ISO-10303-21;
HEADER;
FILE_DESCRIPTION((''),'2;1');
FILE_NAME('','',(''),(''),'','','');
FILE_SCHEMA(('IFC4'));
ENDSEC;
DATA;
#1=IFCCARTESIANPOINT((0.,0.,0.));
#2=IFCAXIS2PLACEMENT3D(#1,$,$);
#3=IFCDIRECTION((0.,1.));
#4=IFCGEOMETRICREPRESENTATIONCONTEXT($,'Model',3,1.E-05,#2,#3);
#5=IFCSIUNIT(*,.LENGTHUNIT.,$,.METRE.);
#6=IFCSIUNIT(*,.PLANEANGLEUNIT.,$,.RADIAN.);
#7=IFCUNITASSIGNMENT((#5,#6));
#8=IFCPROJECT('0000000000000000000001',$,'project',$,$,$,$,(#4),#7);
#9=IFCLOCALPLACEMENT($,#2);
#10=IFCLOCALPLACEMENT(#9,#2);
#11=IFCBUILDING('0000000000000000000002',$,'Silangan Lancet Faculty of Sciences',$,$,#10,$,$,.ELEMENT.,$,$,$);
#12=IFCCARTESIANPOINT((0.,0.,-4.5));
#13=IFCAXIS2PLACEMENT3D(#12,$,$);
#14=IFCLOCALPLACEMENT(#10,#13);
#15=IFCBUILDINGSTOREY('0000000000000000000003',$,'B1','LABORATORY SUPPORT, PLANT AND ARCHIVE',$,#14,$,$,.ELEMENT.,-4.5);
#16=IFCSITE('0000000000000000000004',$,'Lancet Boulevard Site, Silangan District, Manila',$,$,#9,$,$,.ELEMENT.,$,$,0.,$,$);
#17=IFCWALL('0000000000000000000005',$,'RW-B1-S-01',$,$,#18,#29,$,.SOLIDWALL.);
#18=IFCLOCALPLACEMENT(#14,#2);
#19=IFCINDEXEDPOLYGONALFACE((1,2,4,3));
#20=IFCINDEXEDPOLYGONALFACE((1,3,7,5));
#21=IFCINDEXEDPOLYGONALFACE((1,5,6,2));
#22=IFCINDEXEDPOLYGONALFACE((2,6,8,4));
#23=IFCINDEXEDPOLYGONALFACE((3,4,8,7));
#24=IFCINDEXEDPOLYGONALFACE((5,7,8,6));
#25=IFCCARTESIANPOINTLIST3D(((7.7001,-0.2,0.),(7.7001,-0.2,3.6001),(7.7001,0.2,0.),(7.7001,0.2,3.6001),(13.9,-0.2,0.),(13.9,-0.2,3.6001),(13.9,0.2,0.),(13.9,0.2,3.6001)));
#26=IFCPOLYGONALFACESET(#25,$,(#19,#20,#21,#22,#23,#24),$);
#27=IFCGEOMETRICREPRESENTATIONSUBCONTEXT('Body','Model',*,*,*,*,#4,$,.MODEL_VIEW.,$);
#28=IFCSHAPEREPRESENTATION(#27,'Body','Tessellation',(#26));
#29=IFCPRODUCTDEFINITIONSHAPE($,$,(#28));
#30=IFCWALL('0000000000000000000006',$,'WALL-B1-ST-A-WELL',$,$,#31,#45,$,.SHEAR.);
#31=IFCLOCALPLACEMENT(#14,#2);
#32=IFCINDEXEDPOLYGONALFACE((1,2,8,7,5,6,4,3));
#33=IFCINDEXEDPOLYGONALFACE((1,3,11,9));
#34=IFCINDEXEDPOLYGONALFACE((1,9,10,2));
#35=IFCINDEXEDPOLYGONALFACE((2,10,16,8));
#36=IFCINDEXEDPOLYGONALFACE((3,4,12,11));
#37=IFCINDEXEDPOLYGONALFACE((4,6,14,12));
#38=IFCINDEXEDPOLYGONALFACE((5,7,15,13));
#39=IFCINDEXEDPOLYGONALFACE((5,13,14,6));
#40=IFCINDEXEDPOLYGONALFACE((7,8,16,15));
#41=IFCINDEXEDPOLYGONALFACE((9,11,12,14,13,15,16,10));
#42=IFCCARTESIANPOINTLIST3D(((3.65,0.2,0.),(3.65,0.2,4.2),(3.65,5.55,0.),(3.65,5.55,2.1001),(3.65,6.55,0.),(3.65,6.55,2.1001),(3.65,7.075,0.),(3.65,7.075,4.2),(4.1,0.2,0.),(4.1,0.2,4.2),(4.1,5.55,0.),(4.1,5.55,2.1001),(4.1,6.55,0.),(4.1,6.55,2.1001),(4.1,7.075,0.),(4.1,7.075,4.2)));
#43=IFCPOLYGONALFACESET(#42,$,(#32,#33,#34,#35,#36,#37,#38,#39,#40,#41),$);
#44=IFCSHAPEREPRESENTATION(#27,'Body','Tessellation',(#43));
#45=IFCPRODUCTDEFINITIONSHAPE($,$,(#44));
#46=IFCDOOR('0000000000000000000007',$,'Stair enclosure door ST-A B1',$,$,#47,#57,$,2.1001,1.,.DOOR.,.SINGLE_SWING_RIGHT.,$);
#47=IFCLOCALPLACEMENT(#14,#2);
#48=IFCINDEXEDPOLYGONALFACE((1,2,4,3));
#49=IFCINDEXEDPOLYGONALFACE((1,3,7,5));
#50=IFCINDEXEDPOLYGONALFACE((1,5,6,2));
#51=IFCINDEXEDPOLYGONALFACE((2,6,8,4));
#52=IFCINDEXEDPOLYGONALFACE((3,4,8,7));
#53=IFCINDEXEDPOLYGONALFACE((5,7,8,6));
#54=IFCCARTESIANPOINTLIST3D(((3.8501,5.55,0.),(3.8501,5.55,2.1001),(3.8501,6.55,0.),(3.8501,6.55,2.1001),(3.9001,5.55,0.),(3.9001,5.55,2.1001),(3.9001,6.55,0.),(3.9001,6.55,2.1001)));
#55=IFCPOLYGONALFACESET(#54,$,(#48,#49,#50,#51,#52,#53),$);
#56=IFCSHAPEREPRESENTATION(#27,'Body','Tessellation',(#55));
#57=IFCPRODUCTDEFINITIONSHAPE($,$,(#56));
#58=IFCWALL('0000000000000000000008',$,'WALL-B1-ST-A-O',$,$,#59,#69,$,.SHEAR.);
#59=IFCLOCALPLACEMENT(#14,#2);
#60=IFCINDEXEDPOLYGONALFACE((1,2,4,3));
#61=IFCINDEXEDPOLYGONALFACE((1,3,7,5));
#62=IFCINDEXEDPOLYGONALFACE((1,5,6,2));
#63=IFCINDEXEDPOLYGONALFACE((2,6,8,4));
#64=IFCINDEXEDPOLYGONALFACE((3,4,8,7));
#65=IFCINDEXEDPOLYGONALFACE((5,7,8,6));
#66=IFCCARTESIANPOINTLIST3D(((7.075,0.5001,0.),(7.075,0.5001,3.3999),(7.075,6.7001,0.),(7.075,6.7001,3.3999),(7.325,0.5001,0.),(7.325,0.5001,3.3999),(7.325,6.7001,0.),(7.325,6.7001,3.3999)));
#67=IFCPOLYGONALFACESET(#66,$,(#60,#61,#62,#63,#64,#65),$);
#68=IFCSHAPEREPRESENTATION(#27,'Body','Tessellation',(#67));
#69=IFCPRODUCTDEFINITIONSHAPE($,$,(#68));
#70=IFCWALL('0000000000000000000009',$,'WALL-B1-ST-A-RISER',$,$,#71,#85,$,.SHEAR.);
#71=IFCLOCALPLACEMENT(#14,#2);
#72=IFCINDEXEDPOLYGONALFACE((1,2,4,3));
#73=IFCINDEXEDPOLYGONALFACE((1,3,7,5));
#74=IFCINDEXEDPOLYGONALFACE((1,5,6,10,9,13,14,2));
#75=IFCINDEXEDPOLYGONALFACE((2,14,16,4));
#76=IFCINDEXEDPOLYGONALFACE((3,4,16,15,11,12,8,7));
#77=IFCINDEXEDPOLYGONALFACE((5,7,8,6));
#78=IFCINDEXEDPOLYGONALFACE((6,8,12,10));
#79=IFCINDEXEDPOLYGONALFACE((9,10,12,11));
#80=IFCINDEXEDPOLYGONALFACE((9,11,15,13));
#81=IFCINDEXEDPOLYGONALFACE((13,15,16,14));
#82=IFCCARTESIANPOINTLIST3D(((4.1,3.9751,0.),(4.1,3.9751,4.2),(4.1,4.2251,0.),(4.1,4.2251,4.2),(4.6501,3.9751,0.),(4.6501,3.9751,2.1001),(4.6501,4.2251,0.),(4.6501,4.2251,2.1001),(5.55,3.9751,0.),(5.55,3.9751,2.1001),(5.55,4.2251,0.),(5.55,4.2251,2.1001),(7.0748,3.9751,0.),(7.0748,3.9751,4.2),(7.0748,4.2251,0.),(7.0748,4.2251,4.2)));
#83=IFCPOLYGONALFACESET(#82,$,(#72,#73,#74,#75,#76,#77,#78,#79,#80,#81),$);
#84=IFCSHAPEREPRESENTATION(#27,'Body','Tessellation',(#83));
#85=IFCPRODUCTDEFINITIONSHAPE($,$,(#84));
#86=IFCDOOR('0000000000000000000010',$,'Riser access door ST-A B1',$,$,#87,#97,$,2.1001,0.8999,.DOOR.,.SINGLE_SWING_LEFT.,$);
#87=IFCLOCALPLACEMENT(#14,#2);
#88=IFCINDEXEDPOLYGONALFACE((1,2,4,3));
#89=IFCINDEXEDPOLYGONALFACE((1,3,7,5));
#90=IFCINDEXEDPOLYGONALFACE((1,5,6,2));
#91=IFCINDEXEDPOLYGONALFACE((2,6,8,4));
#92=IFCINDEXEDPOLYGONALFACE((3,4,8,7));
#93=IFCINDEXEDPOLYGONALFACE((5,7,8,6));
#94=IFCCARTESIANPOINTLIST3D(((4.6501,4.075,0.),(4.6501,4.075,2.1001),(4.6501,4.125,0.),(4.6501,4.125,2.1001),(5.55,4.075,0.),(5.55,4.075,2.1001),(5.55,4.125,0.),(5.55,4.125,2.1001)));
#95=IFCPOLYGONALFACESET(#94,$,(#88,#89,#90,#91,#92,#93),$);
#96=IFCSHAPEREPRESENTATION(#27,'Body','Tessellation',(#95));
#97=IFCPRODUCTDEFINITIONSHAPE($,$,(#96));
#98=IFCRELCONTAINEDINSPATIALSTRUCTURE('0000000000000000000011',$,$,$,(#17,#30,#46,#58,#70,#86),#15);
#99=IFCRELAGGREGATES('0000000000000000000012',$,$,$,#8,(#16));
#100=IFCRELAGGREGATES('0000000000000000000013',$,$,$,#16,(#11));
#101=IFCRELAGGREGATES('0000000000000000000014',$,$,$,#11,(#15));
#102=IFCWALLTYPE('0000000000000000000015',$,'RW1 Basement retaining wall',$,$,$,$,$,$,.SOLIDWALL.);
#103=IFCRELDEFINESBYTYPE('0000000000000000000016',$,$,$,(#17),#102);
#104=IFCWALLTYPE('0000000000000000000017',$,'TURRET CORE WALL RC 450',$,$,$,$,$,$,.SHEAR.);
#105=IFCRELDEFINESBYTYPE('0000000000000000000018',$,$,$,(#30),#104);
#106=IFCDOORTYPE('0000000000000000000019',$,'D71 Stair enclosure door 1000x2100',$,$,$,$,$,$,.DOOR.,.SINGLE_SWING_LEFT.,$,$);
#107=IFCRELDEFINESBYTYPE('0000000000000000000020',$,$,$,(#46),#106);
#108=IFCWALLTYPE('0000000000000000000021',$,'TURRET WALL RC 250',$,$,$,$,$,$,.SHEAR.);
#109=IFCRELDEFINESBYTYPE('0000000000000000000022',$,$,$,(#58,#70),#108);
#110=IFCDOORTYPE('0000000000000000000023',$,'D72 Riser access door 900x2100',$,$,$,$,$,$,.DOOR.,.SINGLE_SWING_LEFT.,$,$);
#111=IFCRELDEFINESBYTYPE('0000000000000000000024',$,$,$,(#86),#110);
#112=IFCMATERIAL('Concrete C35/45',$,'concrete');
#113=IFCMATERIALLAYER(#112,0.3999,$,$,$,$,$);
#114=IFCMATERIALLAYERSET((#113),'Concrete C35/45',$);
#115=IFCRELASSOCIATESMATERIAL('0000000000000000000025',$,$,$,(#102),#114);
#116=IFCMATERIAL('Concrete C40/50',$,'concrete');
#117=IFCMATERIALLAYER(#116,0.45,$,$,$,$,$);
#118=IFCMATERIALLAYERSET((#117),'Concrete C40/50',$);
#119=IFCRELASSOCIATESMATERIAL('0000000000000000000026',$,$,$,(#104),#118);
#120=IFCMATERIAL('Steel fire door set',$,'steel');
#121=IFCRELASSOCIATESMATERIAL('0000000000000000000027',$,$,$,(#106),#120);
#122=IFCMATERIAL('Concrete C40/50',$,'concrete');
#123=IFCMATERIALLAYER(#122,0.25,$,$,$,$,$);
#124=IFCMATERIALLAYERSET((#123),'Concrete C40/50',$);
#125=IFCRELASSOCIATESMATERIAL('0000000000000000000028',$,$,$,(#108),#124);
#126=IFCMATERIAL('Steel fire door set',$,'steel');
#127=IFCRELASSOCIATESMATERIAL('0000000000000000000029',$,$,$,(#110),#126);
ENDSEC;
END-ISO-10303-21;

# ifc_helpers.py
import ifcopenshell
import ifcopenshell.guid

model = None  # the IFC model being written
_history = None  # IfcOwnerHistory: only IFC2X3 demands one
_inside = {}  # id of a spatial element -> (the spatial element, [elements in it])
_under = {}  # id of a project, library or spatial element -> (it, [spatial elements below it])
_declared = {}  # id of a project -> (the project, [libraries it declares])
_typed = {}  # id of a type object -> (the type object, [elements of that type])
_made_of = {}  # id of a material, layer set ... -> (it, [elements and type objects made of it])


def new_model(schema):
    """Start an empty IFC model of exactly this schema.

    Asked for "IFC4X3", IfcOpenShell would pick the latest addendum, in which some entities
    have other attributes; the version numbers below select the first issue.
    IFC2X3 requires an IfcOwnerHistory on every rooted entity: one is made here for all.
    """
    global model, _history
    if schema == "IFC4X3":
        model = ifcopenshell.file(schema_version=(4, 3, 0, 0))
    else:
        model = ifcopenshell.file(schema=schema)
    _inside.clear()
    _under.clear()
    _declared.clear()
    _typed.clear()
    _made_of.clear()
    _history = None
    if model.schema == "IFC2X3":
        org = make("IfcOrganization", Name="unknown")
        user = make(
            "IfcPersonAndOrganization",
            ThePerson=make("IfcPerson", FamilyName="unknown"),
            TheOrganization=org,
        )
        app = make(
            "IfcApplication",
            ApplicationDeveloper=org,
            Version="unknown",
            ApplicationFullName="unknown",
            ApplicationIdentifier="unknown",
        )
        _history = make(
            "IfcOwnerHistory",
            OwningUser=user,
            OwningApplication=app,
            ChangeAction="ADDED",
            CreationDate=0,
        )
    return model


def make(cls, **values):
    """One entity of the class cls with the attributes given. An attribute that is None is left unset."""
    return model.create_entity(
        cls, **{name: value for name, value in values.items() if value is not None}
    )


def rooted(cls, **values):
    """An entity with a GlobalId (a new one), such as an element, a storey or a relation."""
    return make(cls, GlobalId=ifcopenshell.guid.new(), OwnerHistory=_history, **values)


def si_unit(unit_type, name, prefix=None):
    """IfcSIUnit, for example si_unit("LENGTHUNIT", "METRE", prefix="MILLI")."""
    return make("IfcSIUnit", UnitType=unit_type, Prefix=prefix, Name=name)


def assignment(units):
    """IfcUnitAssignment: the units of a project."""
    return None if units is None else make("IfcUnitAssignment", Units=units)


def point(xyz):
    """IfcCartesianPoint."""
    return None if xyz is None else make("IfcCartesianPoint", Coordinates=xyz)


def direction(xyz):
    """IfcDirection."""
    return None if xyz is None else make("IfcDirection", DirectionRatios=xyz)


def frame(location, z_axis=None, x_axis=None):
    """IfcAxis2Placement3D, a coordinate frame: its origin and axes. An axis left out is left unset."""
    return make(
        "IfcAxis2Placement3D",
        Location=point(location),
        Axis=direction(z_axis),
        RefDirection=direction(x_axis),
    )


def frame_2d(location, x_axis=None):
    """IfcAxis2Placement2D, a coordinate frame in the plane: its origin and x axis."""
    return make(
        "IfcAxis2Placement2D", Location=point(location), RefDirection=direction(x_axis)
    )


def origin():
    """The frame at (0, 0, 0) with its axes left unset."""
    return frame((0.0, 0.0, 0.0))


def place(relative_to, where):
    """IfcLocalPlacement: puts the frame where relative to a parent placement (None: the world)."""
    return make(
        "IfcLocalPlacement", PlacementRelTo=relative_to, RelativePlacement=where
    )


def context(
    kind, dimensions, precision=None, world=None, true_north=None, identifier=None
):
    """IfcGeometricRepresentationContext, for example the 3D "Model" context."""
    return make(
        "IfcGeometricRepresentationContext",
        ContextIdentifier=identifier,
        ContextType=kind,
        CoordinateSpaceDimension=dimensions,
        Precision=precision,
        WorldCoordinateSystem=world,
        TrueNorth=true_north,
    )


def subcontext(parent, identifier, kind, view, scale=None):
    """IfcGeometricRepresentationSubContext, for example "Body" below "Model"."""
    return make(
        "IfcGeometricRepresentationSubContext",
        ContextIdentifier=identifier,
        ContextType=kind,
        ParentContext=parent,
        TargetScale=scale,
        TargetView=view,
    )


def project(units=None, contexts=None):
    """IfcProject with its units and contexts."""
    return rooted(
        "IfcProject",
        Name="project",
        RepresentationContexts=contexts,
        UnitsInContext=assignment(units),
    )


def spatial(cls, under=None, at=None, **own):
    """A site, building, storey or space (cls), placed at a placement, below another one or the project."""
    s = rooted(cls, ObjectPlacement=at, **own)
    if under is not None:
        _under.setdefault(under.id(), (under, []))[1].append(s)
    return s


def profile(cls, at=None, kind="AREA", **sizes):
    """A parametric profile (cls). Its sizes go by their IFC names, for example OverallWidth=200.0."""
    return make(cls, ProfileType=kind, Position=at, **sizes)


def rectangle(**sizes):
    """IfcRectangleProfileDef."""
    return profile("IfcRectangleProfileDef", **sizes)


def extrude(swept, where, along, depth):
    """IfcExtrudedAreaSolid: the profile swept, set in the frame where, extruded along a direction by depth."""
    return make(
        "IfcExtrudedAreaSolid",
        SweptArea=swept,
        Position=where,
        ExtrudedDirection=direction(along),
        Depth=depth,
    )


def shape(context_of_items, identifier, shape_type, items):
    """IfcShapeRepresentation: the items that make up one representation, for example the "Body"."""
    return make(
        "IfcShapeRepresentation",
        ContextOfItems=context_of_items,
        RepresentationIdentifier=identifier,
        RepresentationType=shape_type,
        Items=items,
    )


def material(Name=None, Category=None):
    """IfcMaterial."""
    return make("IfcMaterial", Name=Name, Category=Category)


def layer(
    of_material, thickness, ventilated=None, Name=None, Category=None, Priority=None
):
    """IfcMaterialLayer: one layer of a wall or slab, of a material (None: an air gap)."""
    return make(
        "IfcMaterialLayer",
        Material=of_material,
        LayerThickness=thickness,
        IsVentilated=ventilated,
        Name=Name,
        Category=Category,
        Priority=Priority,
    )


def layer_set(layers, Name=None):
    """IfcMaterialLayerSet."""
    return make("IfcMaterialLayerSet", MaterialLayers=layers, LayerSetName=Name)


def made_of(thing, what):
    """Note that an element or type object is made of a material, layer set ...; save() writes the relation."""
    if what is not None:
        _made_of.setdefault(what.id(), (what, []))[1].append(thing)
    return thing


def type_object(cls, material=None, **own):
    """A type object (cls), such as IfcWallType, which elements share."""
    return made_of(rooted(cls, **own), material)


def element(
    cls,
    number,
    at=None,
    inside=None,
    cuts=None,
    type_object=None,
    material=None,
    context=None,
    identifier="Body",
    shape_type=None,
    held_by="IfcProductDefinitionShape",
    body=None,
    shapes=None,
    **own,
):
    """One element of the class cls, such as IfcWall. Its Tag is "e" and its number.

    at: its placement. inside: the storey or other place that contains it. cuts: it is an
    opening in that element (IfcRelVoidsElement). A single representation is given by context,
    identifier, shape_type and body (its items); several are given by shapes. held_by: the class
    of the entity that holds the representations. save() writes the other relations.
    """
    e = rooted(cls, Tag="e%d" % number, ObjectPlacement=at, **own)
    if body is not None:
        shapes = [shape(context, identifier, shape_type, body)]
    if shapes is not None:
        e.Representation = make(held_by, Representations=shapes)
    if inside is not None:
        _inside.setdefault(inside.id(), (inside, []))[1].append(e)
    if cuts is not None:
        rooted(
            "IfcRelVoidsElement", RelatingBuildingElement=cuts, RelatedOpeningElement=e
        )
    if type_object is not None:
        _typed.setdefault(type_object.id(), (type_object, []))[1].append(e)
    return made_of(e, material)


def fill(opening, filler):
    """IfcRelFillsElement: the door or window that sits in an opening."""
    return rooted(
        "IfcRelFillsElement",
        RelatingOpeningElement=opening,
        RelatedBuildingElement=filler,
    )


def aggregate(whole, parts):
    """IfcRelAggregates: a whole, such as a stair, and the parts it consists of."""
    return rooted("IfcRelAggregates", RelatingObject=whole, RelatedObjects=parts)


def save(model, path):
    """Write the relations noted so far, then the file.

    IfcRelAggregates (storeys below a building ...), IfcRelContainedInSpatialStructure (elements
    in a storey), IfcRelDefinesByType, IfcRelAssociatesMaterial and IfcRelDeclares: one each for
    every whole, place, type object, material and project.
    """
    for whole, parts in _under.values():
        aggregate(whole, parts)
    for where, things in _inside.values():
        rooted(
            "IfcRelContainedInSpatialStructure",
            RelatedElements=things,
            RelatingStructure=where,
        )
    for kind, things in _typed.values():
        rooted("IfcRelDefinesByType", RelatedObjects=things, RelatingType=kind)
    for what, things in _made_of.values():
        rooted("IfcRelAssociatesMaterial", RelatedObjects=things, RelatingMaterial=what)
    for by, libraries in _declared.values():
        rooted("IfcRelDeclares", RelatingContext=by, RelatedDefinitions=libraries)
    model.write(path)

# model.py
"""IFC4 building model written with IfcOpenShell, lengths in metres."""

from ifc_helpers import new_model, si_unit, direction, frame, frame_2d, origin, place, context, subcontext, project, spatial, rectangle, extrude, material, layer, layer_set, type_object, element, fill, save


model = new_model("IFC4")

# Units and contexts
model_context = context("Model", 3, precision=1e-05, world=origin(), true_north=direction((0.0, 1.0)))
body_context = subcontext(model_context, "Body", "Model", "MODEL_VIEW")
ifc_project = project(units=[si_unit("LENGTHUNIT", "METRE"), si_unit("PLANEANGLEUNIT", "RADIAN")], contexts=[model_context])

# Site, building, storey
site_placement = place(None, origin())
site = spatial("IfcSite", under=ifc_project, at=site_placement, Name="Lancet Boulevard Site, Silangan District, Manila", CompositionType="ELEMENT", RefElevation=0.0)
building_placement = place(site_placement, origin())
building = spatial("IfcBuilding", under=site, at=building_placement, Name="Silangan Lancet Faculty of Sciences", CompositionType="ELEMENT")
storey_placement = place(building_placement, frame((0.0, 0.0, -4.5)))
storey = spatial("IfcBuildingStorey", under=building, at=storey_placement, Name="B1", Description="LABORATORY SUPPORT, PLANT AND ARCHIVE", CompositionType="ELEMENT", Elevation=-4.5)

# Wall
ifc_material_1 = material(Name="Concrete C35/45", Category="concrete")
ifc_layer_1 = layer(ifc_material_1, 0.3999)
ifc_layer_set_1 = layer_set([ifc_layer_1], Name="Concrete C35/45")
wall_type_1 = type_object("IfcWallType", Name="RW1 Basement retaining wall", PredefinedType="SOLIDWALL", material=ifc_layer_set_1)
wall_1_placement = place(storey_placement, frame((7.7, 0.0, 0.0), z_axis=(0.0, 0.0, 1.0), x_axis=(1.0, 0.0, 0.0)))
element("IfcWall", 1, at=wall_1_placement, inside=storey, type_object=wall_type_1, Name="RW-B1-S-01", PredefinedType="SOLIDWALL", context=body_context, shape_type="SweptSolid", body=[
    extrude(rectangle(XDim=6.2, YDim=0.3999, at=frame_2d((3.1001, 0.0))), origin(), (0.0, 0.0, 1.0), 3.6001),
])

# Wall, opening, door
ifc_material_2 = material(Name="Concrete C40/50", Category="concrete")
ifc_layer_2 = layer(ifc_material_2, 0.45)
ifc_layer_set_2 = layer_set([ifc_layer_2], Name="Concrete C40/50")
wall_type_2 = type_object("IfcWallType", Name="TURRET CORE WALL RC 450", PredefinedType="SHEAR", material=ifc_layer_set_2)
wall_2_placement = place(storey_placement, frame((3.875, 0.2, 0.0), z_axis=(0.0, 0.0, 1.0), x_axis=(0.0, 1.0, 0.0)))
wall_2 = element("IfcWall", 2, at=wall_2_placement, inside=storey, type_object=wall_type_2, Name="WALL-B1-ST-A-WELL", PredefinedType="SHEAR", context=body_context, shape_type="SweptSolid", body=[
    extrude(rectangle(XDim=6.875, YDim=0.45, at=frame_2d((3.4375, 0.0))), origin(), (0.0, 0.0, 1.0), 4.2),
])
opening_1_placement = place(wall_2_placement, frame((5.3501, 0.0, 0.0)))
opening_1 = element("IfcOpeningElement", 3, at=opening_1_placement, cuts=wall_2, PredefinedType="OPENING", context=body_context, shape_type="SweptSolid", body=[
    extrude(rectangle(XDim=1.0, YDim=2.1001, at=frame_2d((0.5, 1.05))), frame((0.0, 0.2349, 0.0), z_axis=(0.0, -1.0, 0.0), x_axis=(1.0, 0.0, 0.0)), (0.0, 0.0, 1.0), 0.47),
])
ifc_material_3 = material(Name="Steel fire door set", Category="steel")
door_type_1 = type_object("IfcDoorType", Name="D71 Stair enclosure door 1000x2100", OperationType="SINGLE_SWING_LEFT", PredefinedType="DOOR", material=ifc_material_3)
door_1_placement = place(opening_1_placement, origin())
door_1 = element("IfcDoor", 4, at=door_1_placement, inside=storey, type_object=door_type_1, Name="Stair enclosure door ST-A B1", OperationType="SINGLE_SWING_RIGHT", OverallHeight=2.1001, OverallWidth=1.0, PredefinedType="DOOR", context=body_context, shape_type="SweptSolid", body=[
    extrude(rectangle(XDim=1.0, YDim=2.1001, at=frame_2d((0.5, 1.05))), frame((0.0, 0.0249, 0.0), z_axis=(0.0, -1.0, 0.0), x_axis=(1.0, 0.0, 0.0)), (0.0, 0.0, 1.0), 0.05),
])
fill(opening_1, door_1)

# Wall
ifc_material_4 = material(Name="Concrete C40/50", Category="concrete")
ifc_layer_3 = layer(ifc_material_4, 0.25)
ifc_layer_set_3 = layer_set([ifc_layer_3], Name="Concrete C40/50")
wall_type_3 = type_object("IfcWallType", Name="TURRET WALL RC 250", PredefinedType="SHEAR", material=ifc_layer_set_3)
wall_3_placement = place(storey_placement, frame((7.2, 0.5, 0.0), z_axis=(0.0, 0.0, 1.0), x_axis=(0.0, 1.0, 0.0)))
element("IfcWall", 5, at=wall_3_placement, inside=storey, type_object=wall_type_3, Name="WALL-B1-ST-A-O", PredefinedType="SHEAR", context=body_context, shape_type="SweptSolid", body=[
    extrude(rectangle(XDim=6.2, YDim=0.25, at=frame_2d((3.1001, 0.0))), origin(), (0.0, 0.0, 1.0), 3.3999),
])

# Wall, opening, door
wall_4_placement = place(storey_placement, frame((4.1001, 4.1001, 0.0), z_axis=(0.0, 0.0, 1.0), x_axis=(1.0, 0.0, 0.0)))
wall_4 = element("IfcWall", 6, at=wall_4_placement, inside=storey, type_object=wall_type_3, Name="WALL-B1-ST-A-RISER", PredefinedType="SHEAR", context=body_context, shape_type="SweptSolid", body=[
    extrude(rectangle(XDim=2.9749, YDim=0.25, at=frame_2d((1.4873, 0.0))), origin(), (0.0, 0.0, 1.0), 4.2),
])
opening_2_placement = place(wall_4_placement, frame((0.55, 0.0, 0.0)))
opening_2 = element("IfcOpeningElement", 7, at=opening_2_placement, cuts=wall_4, PredefinedType="OPENING", context=body_context, shape_type="SweptSolid", body=[
    extrude(rectangle(XDim=0.8999, YDim=2.1001, at=frame_2d((0.45, 1.05))), frame((0.0, 0.135, 0.0), z_axis=(0.0, -1.0, 0.0), x_axis=(1.0, 0.0, 0.0)), (0.0, 0.0, 1.0), 0.27),
])
ifc_material_5 = material(Name="Steel fire door set", Category="steel")
door_type_2 = type_object("IfcDoorType", Name="D72 Riser access door 900x2100", OperationType="SINGLE_SWING_LEFT", PredefinedType="DOOR", material=ifc_material_5)
door_2_placement = place(opening_2_placement, frame((0.8999, 0.0, 0.0), z_axis=(0.0, 0.0, 1.0), x_axis=(-1.0, 0.0, 0.0)))
door_2 = element("IfcDoor", 8, at=door_2_placement, inside=storey, type_object=door_type_2, Name="Riser access door ST-A B1", OperationType="SINGLE_SWING_LEFT", OverallHeight=2.1001, OverallWidth=0.8999, PredefinedType="DOOR", context=body_context, shape_type="SweptSolid", body=[
    extrude(rectangle(XDim=0.8999, YDim=2.1001, at=frame_2d((0.45, 1.05))), frame((0.0, 0.0251, 0.0), z_axis=(0.0, -1.0, 0.0), x_axis=(1.0, 0.0, 0.0)), (0.0, 0.0, 1.0), 0.05),
])
fill(opening_2, door_2)

save(model, "model.ifc")
